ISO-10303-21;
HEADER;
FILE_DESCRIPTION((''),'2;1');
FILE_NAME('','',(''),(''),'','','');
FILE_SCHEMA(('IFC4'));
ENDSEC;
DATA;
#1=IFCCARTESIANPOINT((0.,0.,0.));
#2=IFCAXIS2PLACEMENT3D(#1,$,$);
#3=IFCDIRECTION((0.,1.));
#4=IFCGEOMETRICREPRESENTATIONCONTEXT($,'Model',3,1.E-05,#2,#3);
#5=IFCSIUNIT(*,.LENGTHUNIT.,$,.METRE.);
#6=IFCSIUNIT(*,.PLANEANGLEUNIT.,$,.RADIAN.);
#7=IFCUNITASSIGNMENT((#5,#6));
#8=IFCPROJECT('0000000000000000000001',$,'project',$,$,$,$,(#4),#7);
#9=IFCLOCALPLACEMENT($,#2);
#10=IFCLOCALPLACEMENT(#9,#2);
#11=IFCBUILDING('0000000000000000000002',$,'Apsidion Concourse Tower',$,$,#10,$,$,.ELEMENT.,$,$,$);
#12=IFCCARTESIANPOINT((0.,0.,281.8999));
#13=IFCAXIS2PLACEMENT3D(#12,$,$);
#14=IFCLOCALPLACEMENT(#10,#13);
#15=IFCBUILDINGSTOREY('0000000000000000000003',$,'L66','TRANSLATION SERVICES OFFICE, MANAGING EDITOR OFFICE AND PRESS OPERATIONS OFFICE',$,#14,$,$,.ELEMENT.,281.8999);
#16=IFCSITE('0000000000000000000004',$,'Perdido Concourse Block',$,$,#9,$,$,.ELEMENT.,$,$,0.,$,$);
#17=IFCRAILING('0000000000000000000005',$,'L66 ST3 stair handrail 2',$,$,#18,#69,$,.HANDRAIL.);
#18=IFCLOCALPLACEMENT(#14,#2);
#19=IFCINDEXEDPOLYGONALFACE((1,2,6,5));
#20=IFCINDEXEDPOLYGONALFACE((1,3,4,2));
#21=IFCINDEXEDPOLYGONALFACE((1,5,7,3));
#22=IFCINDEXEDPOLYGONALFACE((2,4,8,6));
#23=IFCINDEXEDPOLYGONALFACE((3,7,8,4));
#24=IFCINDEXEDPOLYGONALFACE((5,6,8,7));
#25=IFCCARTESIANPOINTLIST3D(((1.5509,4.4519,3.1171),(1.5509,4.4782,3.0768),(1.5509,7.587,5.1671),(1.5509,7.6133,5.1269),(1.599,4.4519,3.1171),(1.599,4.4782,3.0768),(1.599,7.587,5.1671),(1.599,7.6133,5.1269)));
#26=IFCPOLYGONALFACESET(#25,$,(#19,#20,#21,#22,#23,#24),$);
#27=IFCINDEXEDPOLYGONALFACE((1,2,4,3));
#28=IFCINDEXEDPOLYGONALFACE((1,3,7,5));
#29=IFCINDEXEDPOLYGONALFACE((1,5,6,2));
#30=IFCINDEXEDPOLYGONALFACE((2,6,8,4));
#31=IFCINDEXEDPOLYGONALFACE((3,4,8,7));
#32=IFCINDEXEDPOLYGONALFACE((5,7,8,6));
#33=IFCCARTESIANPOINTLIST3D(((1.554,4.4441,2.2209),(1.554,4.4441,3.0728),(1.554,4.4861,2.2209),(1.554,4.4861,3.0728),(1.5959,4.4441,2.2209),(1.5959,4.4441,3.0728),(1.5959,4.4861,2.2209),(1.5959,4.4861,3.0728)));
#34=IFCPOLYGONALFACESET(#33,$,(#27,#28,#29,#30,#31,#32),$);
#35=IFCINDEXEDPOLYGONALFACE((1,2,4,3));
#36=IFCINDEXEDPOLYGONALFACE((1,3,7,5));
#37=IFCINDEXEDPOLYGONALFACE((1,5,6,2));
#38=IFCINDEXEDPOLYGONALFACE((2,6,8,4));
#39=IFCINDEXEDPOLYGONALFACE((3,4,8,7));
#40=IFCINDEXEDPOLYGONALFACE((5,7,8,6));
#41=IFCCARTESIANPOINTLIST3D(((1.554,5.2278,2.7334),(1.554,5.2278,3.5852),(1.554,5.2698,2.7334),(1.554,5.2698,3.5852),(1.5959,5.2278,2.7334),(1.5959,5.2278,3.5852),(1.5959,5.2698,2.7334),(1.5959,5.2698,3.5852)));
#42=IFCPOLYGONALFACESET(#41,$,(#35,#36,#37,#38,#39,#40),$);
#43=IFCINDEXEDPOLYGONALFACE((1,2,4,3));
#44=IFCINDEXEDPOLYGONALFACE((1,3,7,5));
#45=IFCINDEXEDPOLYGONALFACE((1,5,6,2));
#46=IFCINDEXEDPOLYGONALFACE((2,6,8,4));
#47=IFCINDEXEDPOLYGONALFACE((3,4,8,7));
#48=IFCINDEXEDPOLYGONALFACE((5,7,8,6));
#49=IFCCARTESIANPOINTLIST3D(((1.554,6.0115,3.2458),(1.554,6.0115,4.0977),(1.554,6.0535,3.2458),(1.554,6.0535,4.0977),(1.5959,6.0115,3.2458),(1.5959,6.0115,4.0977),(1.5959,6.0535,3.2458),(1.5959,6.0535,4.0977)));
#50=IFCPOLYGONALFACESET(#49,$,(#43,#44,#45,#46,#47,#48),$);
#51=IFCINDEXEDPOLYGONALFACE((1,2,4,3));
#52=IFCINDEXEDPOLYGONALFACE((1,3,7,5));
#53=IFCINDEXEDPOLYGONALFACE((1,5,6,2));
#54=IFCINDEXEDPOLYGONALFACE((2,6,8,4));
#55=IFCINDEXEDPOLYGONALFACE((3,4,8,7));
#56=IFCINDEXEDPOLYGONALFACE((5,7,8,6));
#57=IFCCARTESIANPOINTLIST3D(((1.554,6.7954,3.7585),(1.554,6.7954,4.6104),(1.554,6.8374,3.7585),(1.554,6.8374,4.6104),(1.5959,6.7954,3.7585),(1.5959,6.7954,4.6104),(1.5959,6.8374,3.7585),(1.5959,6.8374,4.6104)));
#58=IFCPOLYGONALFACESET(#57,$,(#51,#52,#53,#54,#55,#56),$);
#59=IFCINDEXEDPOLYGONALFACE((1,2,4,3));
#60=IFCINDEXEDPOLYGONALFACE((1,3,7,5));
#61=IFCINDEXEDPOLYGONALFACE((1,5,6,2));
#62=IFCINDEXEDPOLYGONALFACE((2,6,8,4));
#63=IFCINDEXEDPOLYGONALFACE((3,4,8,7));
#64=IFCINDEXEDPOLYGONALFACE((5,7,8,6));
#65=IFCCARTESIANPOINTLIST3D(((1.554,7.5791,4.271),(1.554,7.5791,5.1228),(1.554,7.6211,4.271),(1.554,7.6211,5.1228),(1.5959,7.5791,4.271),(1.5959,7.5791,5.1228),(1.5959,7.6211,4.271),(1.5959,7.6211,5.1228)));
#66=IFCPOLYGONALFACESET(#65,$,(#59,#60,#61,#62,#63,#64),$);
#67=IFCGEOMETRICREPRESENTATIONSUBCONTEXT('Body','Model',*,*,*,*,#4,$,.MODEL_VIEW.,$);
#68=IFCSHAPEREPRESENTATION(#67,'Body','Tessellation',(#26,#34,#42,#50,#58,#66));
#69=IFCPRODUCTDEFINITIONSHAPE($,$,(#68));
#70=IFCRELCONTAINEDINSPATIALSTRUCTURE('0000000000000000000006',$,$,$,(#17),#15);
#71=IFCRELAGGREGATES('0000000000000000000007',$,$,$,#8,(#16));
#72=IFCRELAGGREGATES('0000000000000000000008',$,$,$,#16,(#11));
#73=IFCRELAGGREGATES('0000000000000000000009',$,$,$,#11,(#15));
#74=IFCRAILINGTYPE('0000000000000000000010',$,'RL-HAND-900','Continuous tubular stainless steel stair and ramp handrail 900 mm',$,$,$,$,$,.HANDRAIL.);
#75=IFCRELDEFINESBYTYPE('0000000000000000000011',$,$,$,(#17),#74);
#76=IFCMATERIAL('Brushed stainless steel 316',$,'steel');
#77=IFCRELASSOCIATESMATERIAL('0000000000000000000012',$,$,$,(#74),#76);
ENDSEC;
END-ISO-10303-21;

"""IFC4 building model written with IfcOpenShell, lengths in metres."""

from ifc_helpers import new_model, si_unit, direction, frame, origin, origin_2d, place, context, subcontext, project, spatial, rectangle, extrude, material, type_object, element, save


model = new_model("IFC4")

# Units and contexts
model_context = context("Model", 3, precision=1e-05, world=origin(), true_north=direction((0.0, 1.0)))
body_context = subcontext(model_context, "Body", "Model", "MODEL_VIEW")
ifc_project = project(units=[si_unit("LENGTHUNIT", "METRE"), si_unit("PLANEANGLEUNIT", "RADIAN")], contexts=[model_context])

# Site, building, storey
site_placement = place(None, origin())
site = spatial("IfcSite", under=ifc_project, at=site_placement, Name="Perdido Concourse Block", CompositionType="ELEMENT", RefElevation=0.0)
building_placement = place(site_placement, origin())
building = spatial("IfcBuilding", under=site, at=building_placement, Name="Apsidion Concourse Tower", CompositionType="ELEMENT")
storey_placement = place(building_placement, frame((0.0, 0.0, 281.8999)))
storey = spatial("IfcBuildingStorey", under=building, at=storey_placement, Name="L66", Description="TRANSLATION SERVICES OFFICE, MANAGING EDITOR OFFICE AND PRESS OPERATIONS OFFICE", CompositionType="ELEMENT", Elevation=281.8999)

# Railing
ifc_material_1 = material(Name="Brushed stainless steel 316", Category="steel")
railing_type_1 = type_object("IfcRailingType", Name="RL-HAND-900", Description="Continuous tubular stainless steel stair and ramp handrail 900 mm", PredefinedType="HANDRAIL", material=ifc_material_1)
railing_1_placement = place(storey_placement, frame((1.575, 4.4651, 2.2209)))
element("IfcRailing", 1, at=railing_1_placement, inside=storey, type_object=railing_type_1, Name="L66 ST3 stair handrail 2", PredefinedType="HANDRAIL", context=body_context, shape_type="SweptSolid", body=[
    extrude(rectangle(XDim=0.0481, YDim=0.0481, at=origin_2d()), frame((0.0, 0.0, 0.876), z_axis=(0.0, 0.836941, 0.547293), x_axis=(-1.0, 0.0, 0.0)), (0.0, 0.0, 1.0), 3.7458),
    extrude(rectangle(XDim=0.042, YDim=0.042, at=origin_2d()), origin(), (0.0, 0.0, 1.0), 0.8518),
    extrude(rectangle(XDim=0.042, YDim=0.042, at=origin_2d()), frame((0.0, 0.7837, 0.5125)), (0.0, 0.0, 1.0), 0.8518),
    extrude(rectangle(XDim=0.042, YDim=0.042, at=origin_2d()), frame((0.0, 1.5674, 1.0249)), (0.0, 0.0, 1.0), 0.8518),
    extrude(rectangle(XDim=0.042, YDim=0.042, at=origin_2d()), frame((0.0, 2.3513, 1.5376)), (0.0, 0.0, 1.0), 0.8518),
    extrude(rectangle(XDim=0.042, YDim=0.042, at=origin_2d()), frame((0.0, 3.135, 2.05)), (0.0, 0.0, 1.0), 0.8518),
])

save(model, "model.ifc")
